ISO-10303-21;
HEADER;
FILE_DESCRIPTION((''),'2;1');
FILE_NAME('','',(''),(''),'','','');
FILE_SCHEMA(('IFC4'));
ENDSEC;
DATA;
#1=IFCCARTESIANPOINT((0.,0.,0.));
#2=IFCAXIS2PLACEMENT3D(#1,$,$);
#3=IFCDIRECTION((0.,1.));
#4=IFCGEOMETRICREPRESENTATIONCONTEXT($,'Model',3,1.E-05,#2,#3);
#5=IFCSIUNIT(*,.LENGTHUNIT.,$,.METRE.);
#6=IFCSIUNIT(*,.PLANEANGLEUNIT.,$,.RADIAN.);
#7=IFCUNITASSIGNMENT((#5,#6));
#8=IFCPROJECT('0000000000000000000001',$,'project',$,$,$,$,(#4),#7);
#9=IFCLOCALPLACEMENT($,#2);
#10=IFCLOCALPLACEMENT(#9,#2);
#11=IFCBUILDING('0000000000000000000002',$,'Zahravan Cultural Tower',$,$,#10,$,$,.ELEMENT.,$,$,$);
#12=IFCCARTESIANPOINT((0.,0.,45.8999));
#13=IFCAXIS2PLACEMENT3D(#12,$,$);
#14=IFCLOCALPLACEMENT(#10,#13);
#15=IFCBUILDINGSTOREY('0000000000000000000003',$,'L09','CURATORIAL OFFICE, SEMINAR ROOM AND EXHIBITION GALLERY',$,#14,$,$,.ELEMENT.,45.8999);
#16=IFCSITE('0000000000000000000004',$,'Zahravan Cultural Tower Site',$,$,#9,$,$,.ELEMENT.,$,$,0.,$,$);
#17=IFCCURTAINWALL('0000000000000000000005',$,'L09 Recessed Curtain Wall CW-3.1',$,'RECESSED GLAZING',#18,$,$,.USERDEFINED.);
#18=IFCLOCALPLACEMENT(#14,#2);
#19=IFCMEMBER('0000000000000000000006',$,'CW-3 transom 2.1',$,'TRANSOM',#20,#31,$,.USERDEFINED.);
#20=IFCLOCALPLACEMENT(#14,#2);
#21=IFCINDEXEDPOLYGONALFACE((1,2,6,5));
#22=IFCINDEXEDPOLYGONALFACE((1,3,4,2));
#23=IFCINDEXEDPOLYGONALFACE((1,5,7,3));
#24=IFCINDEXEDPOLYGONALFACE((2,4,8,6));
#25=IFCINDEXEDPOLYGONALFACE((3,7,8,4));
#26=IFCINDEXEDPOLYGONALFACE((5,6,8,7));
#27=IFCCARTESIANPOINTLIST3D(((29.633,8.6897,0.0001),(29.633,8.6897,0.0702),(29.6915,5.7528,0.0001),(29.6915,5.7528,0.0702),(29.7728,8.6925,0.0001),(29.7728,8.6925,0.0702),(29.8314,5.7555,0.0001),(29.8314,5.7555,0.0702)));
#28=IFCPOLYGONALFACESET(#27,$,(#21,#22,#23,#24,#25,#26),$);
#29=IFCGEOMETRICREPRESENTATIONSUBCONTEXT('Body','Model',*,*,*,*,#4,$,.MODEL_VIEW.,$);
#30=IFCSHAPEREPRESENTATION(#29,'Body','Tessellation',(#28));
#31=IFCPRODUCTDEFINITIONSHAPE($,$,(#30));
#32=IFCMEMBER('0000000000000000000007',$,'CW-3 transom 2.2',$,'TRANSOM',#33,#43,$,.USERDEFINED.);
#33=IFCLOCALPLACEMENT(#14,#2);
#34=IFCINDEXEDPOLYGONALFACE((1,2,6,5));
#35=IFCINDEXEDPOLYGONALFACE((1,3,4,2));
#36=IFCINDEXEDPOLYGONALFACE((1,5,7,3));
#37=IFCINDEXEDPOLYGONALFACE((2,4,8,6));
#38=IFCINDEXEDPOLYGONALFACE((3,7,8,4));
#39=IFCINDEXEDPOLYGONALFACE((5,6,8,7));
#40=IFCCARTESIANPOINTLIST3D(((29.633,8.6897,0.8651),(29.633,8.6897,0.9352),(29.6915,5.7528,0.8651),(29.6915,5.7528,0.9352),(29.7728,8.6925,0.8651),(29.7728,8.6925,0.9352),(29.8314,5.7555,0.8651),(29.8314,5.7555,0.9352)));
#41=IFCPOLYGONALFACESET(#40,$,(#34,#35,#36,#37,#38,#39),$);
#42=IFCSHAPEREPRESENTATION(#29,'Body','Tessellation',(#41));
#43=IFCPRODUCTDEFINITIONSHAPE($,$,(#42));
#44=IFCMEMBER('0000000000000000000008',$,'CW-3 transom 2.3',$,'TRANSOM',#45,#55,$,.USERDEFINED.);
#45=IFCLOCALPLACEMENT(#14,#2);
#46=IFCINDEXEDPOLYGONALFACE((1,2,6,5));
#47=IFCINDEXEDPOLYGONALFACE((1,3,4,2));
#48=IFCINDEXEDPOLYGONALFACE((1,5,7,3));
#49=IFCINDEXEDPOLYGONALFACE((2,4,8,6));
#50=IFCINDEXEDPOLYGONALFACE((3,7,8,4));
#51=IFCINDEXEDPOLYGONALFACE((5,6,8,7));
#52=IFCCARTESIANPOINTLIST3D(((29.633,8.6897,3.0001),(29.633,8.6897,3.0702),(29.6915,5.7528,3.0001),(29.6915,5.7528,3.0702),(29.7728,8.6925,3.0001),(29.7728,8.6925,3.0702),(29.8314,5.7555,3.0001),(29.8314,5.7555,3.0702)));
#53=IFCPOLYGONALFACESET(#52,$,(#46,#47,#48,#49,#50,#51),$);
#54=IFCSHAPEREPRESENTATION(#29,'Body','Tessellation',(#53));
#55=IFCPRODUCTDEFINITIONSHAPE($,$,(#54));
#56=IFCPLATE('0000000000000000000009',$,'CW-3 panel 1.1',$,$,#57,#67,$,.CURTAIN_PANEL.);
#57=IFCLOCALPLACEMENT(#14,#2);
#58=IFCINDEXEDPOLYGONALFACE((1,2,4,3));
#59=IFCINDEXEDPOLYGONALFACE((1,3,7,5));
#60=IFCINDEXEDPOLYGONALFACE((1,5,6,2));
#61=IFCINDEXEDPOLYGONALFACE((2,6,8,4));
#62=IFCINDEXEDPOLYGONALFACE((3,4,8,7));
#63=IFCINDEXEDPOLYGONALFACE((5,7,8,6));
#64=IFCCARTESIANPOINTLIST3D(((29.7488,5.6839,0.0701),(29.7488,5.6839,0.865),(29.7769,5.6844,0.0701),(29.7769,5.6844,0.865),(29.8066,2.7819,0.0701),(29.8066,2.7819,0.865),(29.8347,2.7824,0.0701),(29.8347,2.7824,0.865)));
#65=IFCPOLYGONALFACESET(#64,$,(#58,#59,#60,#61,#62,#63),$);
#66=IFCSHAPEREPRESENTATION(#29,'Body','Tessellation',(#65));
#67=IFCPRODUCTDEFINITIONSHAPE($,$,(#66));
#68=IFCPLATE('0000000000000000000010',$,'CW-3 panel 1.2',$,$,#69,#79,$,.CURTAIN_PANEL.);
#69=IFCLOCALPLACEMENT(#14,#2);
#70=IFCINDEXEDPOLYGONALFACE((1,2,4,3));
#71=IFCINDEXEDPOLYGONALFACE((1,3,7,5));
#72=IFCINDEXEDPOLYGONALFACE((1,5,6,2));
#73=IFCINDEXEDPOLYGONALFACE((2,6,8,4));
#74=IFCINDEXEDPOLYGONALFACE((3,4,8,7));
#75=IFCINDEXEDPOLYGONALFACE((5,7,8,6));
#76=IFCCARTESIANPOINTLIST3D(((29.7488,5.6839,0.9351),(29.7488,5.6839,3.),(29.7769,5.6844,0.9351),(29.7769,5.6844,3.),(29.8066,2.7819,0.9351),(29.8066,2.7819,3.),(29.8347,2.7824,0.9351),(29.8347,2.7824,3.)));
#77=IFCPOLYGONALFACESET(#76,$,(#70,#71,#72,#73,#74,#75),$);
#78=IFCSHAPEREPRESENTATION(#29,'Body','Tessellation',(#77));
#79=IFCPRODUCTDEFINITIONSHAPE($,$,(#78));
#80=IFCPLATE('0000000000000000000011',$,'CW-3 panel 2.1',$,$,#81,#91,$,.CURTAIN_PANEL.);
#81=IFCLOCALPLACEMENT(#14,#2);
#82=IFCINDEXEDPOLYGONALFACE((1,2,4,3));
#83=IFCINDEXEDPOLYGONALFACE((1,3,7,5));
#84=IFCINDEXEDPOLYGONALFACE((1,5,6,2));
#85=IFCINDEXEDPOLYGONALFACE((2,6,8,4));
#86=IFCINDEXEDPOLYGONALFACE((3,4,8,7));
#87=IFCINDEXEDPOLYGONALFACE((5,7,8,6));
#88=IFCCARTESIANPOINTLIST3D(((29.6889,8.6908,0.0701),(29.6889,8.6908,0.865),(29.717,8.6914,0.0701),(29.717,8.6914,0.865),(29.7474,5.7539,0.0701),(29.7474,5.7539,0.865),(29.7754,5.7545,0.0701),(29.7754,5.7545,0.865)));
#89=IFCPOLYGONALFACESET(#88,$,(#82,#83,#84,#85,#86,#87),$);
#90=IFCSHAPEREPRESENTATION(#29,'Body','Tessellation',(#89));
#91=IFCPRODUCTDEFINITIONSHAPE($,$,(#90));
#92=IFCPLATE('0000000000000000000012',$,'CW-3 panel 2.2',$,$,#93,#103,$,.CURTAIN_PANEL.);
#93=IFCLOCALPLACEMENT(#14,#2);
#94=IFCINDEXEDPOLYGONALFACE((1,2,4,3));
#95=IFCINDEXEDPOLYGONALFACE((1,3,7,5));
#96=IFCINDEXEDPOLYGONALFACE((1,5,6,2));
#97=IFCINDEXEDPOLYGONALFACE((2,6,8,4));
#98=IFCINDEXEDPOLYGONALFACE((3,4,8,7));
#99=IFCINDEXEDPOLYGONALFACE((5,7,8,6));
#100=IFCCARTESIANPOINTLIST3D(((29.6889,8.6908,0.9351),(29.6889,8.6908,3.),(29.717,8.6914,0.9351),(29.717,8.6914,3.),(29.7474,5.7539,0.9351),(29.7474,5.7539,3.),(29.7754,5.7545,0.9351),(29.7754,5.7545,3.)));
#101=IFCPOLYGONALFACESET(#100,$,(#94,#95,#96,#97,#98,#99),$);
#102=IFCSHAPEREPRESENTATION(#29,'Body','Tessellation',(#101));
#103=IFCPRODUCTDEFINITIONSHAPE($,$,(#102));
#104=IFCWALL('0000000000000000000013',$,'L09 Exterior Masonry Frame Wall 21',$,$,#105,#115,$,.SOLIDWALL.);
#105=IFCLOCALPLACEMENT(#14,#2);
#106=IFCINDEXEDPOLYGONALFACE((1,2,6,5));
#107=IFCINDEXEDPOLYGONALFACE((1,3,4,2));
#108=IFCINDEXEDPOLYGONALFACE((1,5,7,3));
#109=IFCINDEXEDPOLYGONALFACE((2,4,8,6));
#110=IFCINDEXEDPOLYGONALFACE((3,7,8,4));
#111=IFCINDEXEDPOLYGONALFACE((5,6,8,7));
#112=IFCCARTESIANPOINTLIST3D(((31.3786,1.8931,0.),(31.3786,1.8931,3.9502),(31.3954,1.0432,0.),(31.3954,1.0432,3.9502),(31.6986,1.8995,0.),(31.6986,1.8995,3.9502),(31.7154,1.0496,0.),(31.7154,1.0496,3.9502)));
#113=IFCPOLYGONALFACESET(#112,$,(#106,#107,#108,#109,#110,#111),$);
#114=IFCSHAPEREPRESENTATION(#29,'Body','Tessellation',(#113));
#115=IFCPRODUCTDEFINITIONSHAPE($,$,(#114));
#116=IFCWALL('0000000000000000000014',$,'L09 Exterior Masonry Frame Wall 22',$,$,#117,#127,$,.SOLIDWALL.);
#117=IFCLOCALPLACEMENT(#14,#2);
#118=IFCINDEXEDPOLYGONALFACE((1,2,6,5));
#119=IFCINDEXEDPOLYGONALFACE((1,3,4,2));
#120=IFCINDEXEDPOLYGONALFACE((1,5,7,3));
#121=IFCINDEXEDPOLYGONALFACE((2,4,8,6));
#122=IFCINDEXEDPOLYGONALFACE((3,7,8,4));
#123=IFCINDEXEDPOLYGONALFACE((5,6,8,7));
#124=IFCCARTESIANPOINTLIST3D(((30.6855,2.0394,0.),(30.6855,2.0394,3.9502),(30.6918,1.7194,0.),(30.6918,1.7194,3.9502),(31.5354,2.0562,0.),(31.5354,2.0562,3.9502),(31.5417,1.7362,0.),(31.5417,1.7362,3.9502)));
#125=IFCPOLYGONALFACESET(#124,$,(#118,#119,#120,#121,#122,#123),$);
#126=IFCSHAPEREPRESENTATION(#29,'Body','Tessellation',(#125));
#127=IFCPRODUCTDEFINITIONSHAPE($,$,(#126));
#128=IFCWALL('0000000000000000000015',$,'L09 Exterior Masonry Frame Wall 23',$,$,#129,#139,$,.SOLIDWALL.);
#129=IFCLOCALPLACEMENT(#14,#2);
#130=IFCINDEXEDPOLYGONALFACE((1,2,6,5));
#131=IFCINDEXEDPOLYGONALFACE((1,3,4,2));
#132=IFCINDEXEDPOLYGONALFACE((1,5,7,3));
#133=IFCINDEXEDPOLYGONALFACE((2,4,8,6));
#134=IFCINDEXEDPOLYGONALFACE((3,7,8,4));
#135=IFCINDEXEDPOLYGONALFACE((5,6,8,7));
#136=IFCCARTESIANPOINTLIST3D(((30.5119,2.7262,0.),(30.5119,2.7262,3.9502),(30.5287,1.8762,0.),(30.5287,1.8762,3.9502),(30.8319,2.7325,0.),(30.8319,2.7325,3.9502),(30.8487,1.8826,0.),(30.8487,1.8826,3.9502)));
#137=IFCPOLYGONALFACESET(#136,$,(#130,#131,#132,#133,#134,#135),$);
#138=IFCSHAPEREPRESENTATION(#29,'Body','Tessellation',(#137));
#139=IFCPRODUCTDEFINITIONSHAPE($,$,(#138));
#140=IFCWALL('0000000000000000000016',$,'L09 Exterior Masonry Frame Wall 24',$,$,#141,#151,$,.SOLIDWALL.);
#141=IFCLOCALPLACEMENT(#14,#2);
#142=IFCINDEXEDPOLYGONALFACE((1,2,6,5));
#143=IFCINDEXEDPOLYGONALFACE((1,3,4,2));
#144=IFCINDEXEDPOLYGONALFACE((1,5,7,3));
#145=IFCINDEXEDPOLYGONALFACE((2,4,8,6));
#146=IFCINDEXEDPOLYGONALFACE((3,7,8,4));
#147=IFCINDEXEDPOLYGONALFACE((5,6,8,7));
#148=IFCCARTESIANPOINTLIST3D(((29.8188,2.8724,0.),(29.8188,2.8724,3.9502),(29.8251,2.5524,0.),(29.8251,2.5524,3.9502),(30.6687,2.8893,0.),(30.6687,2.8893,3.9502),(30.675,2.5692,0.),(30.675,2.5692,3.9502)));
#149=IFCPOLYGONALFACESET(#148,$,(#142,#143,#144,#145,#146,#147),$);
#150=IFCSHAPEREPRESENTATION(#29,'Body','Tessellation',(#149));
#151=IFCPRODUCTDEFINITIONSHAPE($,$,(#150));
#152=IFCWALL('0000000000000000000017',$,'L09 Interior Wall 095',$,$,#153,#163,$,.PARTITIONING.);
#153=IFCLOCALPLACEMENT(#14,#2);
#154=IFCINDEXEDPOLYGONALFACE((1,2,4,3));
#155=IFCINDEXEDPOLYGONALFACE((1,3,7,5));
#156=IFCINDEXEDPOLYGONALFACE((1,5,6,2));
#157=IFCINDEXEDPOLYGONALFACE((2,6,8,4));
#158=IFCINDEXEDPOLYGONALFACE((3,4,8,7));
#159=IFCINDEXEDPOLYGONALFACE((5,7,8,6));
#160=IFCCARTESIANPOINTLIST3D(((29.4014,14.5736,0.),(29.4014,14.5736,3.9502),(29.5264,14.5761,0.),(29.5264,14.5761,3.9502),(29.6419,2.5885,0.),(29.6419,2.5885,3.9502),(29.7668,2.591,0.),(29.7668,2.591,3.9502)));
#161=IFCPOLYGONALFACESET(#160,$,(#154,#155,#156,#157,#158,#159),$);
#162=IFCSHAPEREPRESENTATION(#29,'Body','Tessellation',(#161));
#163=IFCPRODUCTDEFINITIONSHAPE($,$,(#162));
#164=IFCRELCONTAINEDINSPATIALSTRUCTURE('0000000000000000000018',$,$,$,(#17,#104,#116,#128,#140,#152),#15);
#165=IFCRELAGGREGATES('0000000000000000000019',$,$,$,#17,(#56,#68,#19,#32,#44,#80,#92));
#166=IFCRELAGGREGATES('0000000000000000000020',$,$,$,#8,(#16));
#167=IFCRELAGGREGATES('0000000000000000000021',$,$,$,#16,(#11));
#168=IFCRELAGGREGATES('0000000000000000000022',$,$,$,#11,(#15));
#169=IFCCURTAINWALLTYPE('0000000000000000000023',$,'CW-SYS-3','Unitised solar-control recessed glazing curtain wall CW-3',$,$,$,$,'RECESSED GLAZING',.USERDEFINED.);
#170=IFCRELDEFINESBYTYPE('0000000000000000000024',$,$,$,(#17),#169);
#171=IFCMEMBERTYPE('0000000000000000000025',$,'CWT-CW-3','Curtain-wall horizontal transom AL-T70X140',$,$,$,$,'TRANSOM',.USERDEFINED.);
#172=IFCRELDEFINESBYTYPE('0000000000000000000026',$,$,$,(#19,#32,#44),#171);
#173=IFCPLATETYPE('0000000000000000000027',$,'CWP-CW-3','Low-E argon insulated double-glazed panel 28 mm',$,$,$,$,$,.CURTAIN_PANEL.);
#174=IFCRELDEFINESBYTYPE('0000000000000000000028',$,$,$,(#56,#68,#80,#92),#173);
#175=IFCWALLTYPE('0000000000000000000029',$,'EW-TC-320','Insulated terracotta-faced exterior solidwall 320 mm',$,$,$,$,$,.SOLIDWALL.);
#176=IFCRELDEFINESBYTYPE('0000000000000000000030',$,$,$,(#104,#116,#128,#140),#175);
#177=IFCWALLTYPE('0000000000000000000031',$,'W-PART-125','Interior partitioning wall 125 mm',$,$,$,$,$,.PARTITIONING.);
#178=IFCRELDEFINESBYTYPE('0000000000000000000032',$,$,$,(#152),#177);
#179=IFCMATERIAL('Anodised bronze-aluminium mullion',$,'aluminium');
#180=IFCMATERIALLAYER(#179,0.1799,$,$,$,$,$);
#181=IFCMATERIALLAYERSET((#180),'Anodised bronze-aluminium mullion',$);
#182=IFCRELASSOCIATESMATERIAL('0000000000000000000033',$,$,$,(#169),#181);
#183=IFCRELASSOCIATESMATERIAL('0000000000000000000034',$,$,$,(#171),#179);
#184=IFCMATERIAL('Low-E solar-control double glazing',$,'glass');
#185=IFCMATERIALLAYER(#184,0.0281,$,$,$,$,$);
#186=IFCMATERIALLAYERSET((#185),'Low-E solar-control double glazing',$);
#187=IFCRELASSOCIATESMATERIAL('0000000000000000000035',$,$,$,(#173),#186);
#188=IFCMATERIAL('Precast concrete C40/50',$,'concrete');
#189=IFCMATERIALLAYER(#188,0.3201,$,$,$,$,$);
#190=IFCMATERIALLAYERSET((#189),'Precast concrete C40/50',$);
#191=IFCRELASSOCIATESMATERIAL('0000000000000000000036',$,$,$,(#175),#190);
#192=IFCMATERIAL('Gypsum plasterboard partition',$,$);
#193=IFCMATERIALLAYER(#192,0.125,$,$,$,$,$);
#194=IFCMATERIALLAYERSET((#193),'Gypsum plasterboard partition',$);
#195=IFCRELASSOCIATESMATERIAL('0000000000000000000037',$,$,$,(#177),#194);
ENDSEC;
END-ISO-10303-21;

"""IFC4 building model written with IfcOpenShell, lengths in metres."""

from ifc_helpers import new_model, si_unit, direction, frame, frame_2d, origin, origin_2d, place, context, subcontext, project, spatial, rectangle, extrude, source, transform, mapped, material, layer, layer_set, material_profile, profile_set, type_object, element, aggregate, save


model = new_model("IFC4")

# Units and contexts
model_context = context("Model", 3, precision=1e-05, world=origin(), true_north=direction((0.0, 1.0)))
body_context = subcontext(model_context, "Body", "Model", "MODEL_VIEW")
ifc_project = project(units=[si_unit("LENGTHUNIT", "METRE"), si_unit("PLANEANGLEUNIT", "RADIAN")], contexts=[model_context])

# Site, building, storey
site_placement = place(None, origin())
site = spatial("IfcSite", under=ifc_project, at=site_placement, Name="Zahravan Cultural Tower Site", CompositionType="ELEMENT", RefElevation=0.0)
building_placement = place(site_placement, origin())
building = spatial("IfcBuilding", under=site, at=building_placement, Name="Zahravan Cultural Tower", CompositionType="ELEMENT")
storey_placement = place(building_placement, frame((0.0, 0.0, 45.8999)))
storey = spatial("IfcBuildingStorey", under=building, at=storey_placement, Name="L09", Description="CURATORIAL OFFICE, SEMINAR ROOM AND EXHIBITION GALLERY", CompositionType="ELEMENT", Elevation=45.8999)

# Curtain wall, members, plates
ifc_material_1 = material(Name="Anodised bronze-aluminium mullion", Category="aluminium")
ifc_layer_1 = layer(ifc_material_1, 0.1799)
ifc_layer_set_1 = layer_set([ifc_layer_1], Name="Anodised bronze-aluminium mullion")
curtain_wall_type = type_object("IfcCurtainWallType", Name="CW-SYS-3", Description="Unitised solar-control recessed glazing curtain wall CW-3", ElementType="RECESSED GLAZING", PredefinedType="USERDEFINED", material=ifc_layer_set_1)
curtain_wall_placement = place(storey_placement, origin())
curtain_wall = element("IfcCurtainWall", 1, at=curtain_wall_placement, inside=storey, type_object=curtain_wall_type, Name="L09 Recessed Curtain Wall CW-3.1", ObjectType="RECESSED GLAZING", PredefinedType="USERDEFINED")
ifc_material_profile_1 = material_profile(ifc_material_1, rectangle(XDim=0.1399, YDim=0.0701, at=origin_2d()), Name="AL-T70X140")
ifc_profile_set_1 = profile_set([ifc_material_profile_1], Name="Anodised bronze-aluminium mullion")
member_type_1 = type_object("IfcMemberType", Name="CWT-CW-3", Description="Curtain-wall horizontal transom AL-T70X140", ElementType="TRANSOM", PredefinedType="USERDEFINED", material=ifc_profile_set_1)
shared_shape_1 = source(origin(), body_context, "Body", "SweptSolid", [
    extrude(rectangle(XDim=0.1399, YDim=0.0701, at=origin_2d()), origin(), (0.0, 0.0, 1.0), 2.9375),
])
member_1_placement = place(storey_placement, frame((29.7615, 5.7542, 0.0352), z_axis=(-0.019946, 0.999801, 0.0), x_axis=(-0.999801, -0.019946, 0.0)))
member_1 = element("IfcMember", 2, at=member_1_placement, type_object=member_type_1, Name="CW-3 transom 2.1", ObjectType="TRANSOM", PredefinedType="USERDEFINED", context=body_context, shape_type="MappedRepresentation", body=[
    mapped(shared_shape_1, transform((0.0, 0.0, 0.0), x_axis=(1.0, 0.0, 0.0), y_axis=(0.0, 1.0, 0.0), z_axis=(0.0, 0.0, 1.0), scale=1.0)),
])
member_2_placement = place(storey_placement, frame((29.7615, 5.7542, 0.9001), z_axis=(-0.019946, 0.999801, 0.0), x_axis=(-0.999801, -0.019946, 0.0)))
member_2 = element("IfcMember", 3, at=member_2_placement, type_object=member_type_1, Name="CW-3 transom 2.2", ObjectType="TRANSOM", PredefinedType="USERDEFINED", context=body_context, shape_type="MappedRepresentation", body=[
    mapped(shared_shape_1, transform((0.0, 0.0, 0.0), x_axis=(1.0, 0.0, 0.0), y_axis=(0.0, 1.0, 0.0), z_axis=(0.0, 0.0, 1.0), scale=1.0)),
])
member_3_placement = place(storey_placement, frame((29.7615, 5.7542, 3.0352), z_axis=(-0.019946, 0.999801, 0.0), x_axis=(-0.999801, -0.019946, 0.0)))
member_3 = element("IfcMember", 4, at=member_3_placement, type_object=member_type_1, Name="CW-3 transom 2.3", ObjectType="TRANSOM", PredefinedType="USERDEFINED", context=body_context, shape_type="MappedRepresentation", body=[
    mapped(shared_shape_1, transform((0.0, 0.0, 0.0), x_axis=(1.0, 0.0, 0.0), y_axis=(0.0, 1.0, 0.0), z_axis=(0.0, 0.0, 1.0), scale=1.0)),
])
ifc_material_2 = material(Name="Low-E solar-control double glazing", Category="glass")
ifc_layer_2 = layer(ifc_material_2, 0.0281)
ifc_layer_set_2 = layer_set([ifc_layer_2], Name="Low-E solar-control double glazing")
plate_type = type_object("IfcPlateType", Name="CWP-CW-3", Description="Low-E argon insulated double-glazed panel 28 mm", PredefinedType="CURTAIN_PANEL", material=ifc_layer_set_2)
shared_shape_2 = source(origin(), body_context, "Body", "SweptSolid", [
    extrude(rectangle(XDim=2.9026, YDim=0.0281, at=origin_2d()), origin(), (0.0, 0.0, 1.0), 0.7949),
])
plate_1_placement = place(storey_placement, frame((29.7917, 4.2332, 0.0701), z_axis=(0.0, 0.0, 1.0), x_axis=(-0.0199, 0.999802, 0.0)))
plate_1 = element("IfcPlate", 5, at=plate_1_placement, type_object=plate_type, Name="CW-3 panel 1.1", PredefinedType="CURTAIN_PANEL", context=body_context, shape_type="MappedRepresentation", body=[
    mapped(shared_shape_2, transform((0.0, 0.0, 0.0), x_axis=(1.0, 0.0, 0.0), y_axis=(0.0, 1.0, 0.0), z_axis=(0.0, 0.0, 1.0), scale=1.0)),
])
shared_shape_3 = source(origin(), body_context, "Body", "SweptSolid", [
    extrude(rectangle(XDim=2.9026, YDim=0.0281, at=origin_2d()), origin(), (0.0, 0.0, 1.0), 2.0649),
])
plate_2_placement = place(storey_placement, frame((29.7917, 4.2332, 0.9351), z_axis=(0.0, 0.0, 1.0), x_axis=(-0.0199, 0.999802, 0.0)))
plate_2 = element("IfcPlate", 6, at=plate_2_placement, type_object=plate_type, Name="CW-3 panel 1.2", PredefinedType="CURTAIN_PANEL", context=body_context, shape_type="MappedRepresentation", body=[
    mapped(shared_shape_3, transform((0.0, 0.0, 0.0), x_axis=(1.0, 0.0, 0.0), y_axis=(0.0, 1.0, 0.0), z_axis=(0.0, 0.0, 1.0), scale=1.0)),
])
shared_shape_4 = source(origin(), body_context, "Body", "SweptSolid", [
    extrude(rectangle(XDim=2.9375, YDim=0.0281, at=origin_2d()), origin(), (0.0, 0.0, 1.0), 0.7949),
])
plate_3_placement = place(storey_placement, frame((29.7322, 7.2227, 0.0701), z_axis=(0.0, 0.0, 1.0), x_axis=(-0.0199, 0.999802, 0.0)))
plate_3 = element("IfcPlate", 7, at=plate_3_placement, type_object=plate_type, Name="CW-3 panel 2.1", PredefinedType="CURTAIN_PANEL", context=body_context, shape_type="MappedRepresentation", body=[
    mapped(shared_shape_4, transform((0.0, 0.0, 0.0), x_axis=(1.0, 0.0, 0.0), y_axis=(0.0, 1.0, 0.0), z_axis=(0.0, 0.0, 1.0), scale=1.0)),
])
shared_shape_5 = source(origin(), body_context, "Body", "SweptSolid", [
    extrude(rectangle(XDim=2.9375, YDim=0.0281, at=origin_2d()), origin(), (0.0, 0.0, 1.0), 2.0649),
])
plate_4_placement = place(storey_placement, frame((29.7322, 7.2227, 0.9351), z_axis=(0.0, 0.0, 1.0), x_axis=(-0.0199, 0.999802, 0.0)))
plate_4 = element("IfcPlate", 8, at=plate_4_placement, type_object=plate_type, Name="CW-3 panel 2.2", PredefinedType="CURTAIN_PANEL", context=body_context, shape_type="MappedRepresentation", body=[
    mapped(shared_shape_5, transform((0.0, 0.0, 0.0), x_axis=(1.0, 0.0, 0.0), y_axis=(0.0, 1.0, 0.0), z_axis=(0.0, 0.0, 1.0), scale=1.0)),
])
aggregate(curtain_wall, [plate_1, plate_2, member_1, member_2, member_3, plate_3, plate_4])

# Walls
ifc_material_3 = material(Name="Precast concrete C40/50", Category="concrete")
ifc_layer_3 = layer(ifc_material_3, 0.3201)
ifc_layer_set_3 = layer_set([ifc_layer_3], Name="Precast concrete C40/50")
wall_type_1 = type_object("IfcWallType", Name="EW-TC-320", Description="Insulated terracotta-faced exterior solidwall 320 mm", PredefinedType="SOLIDWALL", material=ifc_layer_set_3)
shared_shape_6 = source(origin(), body_context, "Body", "SweptSolid", [
    extrude(rectangle(XDim=0.8501, YDim=0.3201, at=frame_2d((0.425, 0.0))), origin(), (0.0, 0.0, 1.0), 3.9502),
])
for number, where, z_axis, x_axis, name in (
    (9, (31.5554, 1.0464, 0.0), (0.0, 0.0, 1.0), (-0.019818, 0.999804, 0.0), "L09 Exterior Masonry Frame Wall 21"),
    (10, (31.5386, 1.8962, 0.0), (0.0, 0.0, 1.0), (-0.999804, -0.019818, 0.0), "L09 Exterior Masonry Frame Wall 22"),
    (11, (30.6887, 1.8794, 0.0), (0.0, 0.0, 1.0), (-0.019818, 0.999804, 0.0), "L09 Exterior Masonry Frame Wall 23"),
    (12, (30.6719, 2.7292, 0.0), (0.0, 0.0, 1.0), (-0.999804, -0.019818, 0.0), "L09 Exterior Masonry Frame Wall 24"),
):
    element("IfcWall", number, at=place(storey_placement, frame(where, z_axis=z_axis, x_axis=x_axis)), inside=storey, type_object=wall_type_1, Name=name, PredefinedType="SOLIDWALL", context=body_context, shape_type="MappedRepresentation", body=[
        mapped(shared_shape_6, transform((0.0, 0.0, 0.0), x_axis=(1.0, 0.0, 0.0), y_axis=(0.0, 1.0, 0.0), z_axis=(0.0, 0.0, 1.0), scale=1.0)),
    ])
ifc_material_4 = material(Name="Gypsum plasterboard partition")
ifc_layer_4 = layer(ifc_material_4, 0.125)
ifc_layer_set_4 = layer_set([ifc_layer_4], Name="Gypsum plasterboard partition")
wall_type_2 = type_object("IfcWallType", Name="W-PART-125", Description="Interior partitioning wall 125 mm", PredefinedType="PARTITIONING", material=ifc_layer_set_4)
shared_shape_7 = source(origin(), body_context, "Body", "SweptSolid", [
    extrude(rectangle(XDim=11.9875, YDim=0.125, at=frame_2d((5.9937, 0.0))), origin(), (0.0, 0.0, 1.0), 3.9502),
])
wall_placement = place(storey_placement, frame((29.7043, 2.5898, 0.0), z_axis=(0.0, 0.0, 1.0), x_axis=(-0.020061, 0.999799, 0.0)))
element("IfcWall", 13, at=wall_placement, inside=storey, type_object=wall_type_2, Name="L09 Interior Wall 095", PredefinedType="PARTITIONING", context=body_context, shape_type="MappedRepresentation", body=[
    mapped(shared_shape_7, transform((0.0, 0.0, 0.0), x_axis=(1.0, 0.0, 0.0), y_axis=(0.0, 1.0, 0.0), z_axis=(0.0, 0.0, 1.0), scale=1.0)),
])

save(model, "model.ifc")
